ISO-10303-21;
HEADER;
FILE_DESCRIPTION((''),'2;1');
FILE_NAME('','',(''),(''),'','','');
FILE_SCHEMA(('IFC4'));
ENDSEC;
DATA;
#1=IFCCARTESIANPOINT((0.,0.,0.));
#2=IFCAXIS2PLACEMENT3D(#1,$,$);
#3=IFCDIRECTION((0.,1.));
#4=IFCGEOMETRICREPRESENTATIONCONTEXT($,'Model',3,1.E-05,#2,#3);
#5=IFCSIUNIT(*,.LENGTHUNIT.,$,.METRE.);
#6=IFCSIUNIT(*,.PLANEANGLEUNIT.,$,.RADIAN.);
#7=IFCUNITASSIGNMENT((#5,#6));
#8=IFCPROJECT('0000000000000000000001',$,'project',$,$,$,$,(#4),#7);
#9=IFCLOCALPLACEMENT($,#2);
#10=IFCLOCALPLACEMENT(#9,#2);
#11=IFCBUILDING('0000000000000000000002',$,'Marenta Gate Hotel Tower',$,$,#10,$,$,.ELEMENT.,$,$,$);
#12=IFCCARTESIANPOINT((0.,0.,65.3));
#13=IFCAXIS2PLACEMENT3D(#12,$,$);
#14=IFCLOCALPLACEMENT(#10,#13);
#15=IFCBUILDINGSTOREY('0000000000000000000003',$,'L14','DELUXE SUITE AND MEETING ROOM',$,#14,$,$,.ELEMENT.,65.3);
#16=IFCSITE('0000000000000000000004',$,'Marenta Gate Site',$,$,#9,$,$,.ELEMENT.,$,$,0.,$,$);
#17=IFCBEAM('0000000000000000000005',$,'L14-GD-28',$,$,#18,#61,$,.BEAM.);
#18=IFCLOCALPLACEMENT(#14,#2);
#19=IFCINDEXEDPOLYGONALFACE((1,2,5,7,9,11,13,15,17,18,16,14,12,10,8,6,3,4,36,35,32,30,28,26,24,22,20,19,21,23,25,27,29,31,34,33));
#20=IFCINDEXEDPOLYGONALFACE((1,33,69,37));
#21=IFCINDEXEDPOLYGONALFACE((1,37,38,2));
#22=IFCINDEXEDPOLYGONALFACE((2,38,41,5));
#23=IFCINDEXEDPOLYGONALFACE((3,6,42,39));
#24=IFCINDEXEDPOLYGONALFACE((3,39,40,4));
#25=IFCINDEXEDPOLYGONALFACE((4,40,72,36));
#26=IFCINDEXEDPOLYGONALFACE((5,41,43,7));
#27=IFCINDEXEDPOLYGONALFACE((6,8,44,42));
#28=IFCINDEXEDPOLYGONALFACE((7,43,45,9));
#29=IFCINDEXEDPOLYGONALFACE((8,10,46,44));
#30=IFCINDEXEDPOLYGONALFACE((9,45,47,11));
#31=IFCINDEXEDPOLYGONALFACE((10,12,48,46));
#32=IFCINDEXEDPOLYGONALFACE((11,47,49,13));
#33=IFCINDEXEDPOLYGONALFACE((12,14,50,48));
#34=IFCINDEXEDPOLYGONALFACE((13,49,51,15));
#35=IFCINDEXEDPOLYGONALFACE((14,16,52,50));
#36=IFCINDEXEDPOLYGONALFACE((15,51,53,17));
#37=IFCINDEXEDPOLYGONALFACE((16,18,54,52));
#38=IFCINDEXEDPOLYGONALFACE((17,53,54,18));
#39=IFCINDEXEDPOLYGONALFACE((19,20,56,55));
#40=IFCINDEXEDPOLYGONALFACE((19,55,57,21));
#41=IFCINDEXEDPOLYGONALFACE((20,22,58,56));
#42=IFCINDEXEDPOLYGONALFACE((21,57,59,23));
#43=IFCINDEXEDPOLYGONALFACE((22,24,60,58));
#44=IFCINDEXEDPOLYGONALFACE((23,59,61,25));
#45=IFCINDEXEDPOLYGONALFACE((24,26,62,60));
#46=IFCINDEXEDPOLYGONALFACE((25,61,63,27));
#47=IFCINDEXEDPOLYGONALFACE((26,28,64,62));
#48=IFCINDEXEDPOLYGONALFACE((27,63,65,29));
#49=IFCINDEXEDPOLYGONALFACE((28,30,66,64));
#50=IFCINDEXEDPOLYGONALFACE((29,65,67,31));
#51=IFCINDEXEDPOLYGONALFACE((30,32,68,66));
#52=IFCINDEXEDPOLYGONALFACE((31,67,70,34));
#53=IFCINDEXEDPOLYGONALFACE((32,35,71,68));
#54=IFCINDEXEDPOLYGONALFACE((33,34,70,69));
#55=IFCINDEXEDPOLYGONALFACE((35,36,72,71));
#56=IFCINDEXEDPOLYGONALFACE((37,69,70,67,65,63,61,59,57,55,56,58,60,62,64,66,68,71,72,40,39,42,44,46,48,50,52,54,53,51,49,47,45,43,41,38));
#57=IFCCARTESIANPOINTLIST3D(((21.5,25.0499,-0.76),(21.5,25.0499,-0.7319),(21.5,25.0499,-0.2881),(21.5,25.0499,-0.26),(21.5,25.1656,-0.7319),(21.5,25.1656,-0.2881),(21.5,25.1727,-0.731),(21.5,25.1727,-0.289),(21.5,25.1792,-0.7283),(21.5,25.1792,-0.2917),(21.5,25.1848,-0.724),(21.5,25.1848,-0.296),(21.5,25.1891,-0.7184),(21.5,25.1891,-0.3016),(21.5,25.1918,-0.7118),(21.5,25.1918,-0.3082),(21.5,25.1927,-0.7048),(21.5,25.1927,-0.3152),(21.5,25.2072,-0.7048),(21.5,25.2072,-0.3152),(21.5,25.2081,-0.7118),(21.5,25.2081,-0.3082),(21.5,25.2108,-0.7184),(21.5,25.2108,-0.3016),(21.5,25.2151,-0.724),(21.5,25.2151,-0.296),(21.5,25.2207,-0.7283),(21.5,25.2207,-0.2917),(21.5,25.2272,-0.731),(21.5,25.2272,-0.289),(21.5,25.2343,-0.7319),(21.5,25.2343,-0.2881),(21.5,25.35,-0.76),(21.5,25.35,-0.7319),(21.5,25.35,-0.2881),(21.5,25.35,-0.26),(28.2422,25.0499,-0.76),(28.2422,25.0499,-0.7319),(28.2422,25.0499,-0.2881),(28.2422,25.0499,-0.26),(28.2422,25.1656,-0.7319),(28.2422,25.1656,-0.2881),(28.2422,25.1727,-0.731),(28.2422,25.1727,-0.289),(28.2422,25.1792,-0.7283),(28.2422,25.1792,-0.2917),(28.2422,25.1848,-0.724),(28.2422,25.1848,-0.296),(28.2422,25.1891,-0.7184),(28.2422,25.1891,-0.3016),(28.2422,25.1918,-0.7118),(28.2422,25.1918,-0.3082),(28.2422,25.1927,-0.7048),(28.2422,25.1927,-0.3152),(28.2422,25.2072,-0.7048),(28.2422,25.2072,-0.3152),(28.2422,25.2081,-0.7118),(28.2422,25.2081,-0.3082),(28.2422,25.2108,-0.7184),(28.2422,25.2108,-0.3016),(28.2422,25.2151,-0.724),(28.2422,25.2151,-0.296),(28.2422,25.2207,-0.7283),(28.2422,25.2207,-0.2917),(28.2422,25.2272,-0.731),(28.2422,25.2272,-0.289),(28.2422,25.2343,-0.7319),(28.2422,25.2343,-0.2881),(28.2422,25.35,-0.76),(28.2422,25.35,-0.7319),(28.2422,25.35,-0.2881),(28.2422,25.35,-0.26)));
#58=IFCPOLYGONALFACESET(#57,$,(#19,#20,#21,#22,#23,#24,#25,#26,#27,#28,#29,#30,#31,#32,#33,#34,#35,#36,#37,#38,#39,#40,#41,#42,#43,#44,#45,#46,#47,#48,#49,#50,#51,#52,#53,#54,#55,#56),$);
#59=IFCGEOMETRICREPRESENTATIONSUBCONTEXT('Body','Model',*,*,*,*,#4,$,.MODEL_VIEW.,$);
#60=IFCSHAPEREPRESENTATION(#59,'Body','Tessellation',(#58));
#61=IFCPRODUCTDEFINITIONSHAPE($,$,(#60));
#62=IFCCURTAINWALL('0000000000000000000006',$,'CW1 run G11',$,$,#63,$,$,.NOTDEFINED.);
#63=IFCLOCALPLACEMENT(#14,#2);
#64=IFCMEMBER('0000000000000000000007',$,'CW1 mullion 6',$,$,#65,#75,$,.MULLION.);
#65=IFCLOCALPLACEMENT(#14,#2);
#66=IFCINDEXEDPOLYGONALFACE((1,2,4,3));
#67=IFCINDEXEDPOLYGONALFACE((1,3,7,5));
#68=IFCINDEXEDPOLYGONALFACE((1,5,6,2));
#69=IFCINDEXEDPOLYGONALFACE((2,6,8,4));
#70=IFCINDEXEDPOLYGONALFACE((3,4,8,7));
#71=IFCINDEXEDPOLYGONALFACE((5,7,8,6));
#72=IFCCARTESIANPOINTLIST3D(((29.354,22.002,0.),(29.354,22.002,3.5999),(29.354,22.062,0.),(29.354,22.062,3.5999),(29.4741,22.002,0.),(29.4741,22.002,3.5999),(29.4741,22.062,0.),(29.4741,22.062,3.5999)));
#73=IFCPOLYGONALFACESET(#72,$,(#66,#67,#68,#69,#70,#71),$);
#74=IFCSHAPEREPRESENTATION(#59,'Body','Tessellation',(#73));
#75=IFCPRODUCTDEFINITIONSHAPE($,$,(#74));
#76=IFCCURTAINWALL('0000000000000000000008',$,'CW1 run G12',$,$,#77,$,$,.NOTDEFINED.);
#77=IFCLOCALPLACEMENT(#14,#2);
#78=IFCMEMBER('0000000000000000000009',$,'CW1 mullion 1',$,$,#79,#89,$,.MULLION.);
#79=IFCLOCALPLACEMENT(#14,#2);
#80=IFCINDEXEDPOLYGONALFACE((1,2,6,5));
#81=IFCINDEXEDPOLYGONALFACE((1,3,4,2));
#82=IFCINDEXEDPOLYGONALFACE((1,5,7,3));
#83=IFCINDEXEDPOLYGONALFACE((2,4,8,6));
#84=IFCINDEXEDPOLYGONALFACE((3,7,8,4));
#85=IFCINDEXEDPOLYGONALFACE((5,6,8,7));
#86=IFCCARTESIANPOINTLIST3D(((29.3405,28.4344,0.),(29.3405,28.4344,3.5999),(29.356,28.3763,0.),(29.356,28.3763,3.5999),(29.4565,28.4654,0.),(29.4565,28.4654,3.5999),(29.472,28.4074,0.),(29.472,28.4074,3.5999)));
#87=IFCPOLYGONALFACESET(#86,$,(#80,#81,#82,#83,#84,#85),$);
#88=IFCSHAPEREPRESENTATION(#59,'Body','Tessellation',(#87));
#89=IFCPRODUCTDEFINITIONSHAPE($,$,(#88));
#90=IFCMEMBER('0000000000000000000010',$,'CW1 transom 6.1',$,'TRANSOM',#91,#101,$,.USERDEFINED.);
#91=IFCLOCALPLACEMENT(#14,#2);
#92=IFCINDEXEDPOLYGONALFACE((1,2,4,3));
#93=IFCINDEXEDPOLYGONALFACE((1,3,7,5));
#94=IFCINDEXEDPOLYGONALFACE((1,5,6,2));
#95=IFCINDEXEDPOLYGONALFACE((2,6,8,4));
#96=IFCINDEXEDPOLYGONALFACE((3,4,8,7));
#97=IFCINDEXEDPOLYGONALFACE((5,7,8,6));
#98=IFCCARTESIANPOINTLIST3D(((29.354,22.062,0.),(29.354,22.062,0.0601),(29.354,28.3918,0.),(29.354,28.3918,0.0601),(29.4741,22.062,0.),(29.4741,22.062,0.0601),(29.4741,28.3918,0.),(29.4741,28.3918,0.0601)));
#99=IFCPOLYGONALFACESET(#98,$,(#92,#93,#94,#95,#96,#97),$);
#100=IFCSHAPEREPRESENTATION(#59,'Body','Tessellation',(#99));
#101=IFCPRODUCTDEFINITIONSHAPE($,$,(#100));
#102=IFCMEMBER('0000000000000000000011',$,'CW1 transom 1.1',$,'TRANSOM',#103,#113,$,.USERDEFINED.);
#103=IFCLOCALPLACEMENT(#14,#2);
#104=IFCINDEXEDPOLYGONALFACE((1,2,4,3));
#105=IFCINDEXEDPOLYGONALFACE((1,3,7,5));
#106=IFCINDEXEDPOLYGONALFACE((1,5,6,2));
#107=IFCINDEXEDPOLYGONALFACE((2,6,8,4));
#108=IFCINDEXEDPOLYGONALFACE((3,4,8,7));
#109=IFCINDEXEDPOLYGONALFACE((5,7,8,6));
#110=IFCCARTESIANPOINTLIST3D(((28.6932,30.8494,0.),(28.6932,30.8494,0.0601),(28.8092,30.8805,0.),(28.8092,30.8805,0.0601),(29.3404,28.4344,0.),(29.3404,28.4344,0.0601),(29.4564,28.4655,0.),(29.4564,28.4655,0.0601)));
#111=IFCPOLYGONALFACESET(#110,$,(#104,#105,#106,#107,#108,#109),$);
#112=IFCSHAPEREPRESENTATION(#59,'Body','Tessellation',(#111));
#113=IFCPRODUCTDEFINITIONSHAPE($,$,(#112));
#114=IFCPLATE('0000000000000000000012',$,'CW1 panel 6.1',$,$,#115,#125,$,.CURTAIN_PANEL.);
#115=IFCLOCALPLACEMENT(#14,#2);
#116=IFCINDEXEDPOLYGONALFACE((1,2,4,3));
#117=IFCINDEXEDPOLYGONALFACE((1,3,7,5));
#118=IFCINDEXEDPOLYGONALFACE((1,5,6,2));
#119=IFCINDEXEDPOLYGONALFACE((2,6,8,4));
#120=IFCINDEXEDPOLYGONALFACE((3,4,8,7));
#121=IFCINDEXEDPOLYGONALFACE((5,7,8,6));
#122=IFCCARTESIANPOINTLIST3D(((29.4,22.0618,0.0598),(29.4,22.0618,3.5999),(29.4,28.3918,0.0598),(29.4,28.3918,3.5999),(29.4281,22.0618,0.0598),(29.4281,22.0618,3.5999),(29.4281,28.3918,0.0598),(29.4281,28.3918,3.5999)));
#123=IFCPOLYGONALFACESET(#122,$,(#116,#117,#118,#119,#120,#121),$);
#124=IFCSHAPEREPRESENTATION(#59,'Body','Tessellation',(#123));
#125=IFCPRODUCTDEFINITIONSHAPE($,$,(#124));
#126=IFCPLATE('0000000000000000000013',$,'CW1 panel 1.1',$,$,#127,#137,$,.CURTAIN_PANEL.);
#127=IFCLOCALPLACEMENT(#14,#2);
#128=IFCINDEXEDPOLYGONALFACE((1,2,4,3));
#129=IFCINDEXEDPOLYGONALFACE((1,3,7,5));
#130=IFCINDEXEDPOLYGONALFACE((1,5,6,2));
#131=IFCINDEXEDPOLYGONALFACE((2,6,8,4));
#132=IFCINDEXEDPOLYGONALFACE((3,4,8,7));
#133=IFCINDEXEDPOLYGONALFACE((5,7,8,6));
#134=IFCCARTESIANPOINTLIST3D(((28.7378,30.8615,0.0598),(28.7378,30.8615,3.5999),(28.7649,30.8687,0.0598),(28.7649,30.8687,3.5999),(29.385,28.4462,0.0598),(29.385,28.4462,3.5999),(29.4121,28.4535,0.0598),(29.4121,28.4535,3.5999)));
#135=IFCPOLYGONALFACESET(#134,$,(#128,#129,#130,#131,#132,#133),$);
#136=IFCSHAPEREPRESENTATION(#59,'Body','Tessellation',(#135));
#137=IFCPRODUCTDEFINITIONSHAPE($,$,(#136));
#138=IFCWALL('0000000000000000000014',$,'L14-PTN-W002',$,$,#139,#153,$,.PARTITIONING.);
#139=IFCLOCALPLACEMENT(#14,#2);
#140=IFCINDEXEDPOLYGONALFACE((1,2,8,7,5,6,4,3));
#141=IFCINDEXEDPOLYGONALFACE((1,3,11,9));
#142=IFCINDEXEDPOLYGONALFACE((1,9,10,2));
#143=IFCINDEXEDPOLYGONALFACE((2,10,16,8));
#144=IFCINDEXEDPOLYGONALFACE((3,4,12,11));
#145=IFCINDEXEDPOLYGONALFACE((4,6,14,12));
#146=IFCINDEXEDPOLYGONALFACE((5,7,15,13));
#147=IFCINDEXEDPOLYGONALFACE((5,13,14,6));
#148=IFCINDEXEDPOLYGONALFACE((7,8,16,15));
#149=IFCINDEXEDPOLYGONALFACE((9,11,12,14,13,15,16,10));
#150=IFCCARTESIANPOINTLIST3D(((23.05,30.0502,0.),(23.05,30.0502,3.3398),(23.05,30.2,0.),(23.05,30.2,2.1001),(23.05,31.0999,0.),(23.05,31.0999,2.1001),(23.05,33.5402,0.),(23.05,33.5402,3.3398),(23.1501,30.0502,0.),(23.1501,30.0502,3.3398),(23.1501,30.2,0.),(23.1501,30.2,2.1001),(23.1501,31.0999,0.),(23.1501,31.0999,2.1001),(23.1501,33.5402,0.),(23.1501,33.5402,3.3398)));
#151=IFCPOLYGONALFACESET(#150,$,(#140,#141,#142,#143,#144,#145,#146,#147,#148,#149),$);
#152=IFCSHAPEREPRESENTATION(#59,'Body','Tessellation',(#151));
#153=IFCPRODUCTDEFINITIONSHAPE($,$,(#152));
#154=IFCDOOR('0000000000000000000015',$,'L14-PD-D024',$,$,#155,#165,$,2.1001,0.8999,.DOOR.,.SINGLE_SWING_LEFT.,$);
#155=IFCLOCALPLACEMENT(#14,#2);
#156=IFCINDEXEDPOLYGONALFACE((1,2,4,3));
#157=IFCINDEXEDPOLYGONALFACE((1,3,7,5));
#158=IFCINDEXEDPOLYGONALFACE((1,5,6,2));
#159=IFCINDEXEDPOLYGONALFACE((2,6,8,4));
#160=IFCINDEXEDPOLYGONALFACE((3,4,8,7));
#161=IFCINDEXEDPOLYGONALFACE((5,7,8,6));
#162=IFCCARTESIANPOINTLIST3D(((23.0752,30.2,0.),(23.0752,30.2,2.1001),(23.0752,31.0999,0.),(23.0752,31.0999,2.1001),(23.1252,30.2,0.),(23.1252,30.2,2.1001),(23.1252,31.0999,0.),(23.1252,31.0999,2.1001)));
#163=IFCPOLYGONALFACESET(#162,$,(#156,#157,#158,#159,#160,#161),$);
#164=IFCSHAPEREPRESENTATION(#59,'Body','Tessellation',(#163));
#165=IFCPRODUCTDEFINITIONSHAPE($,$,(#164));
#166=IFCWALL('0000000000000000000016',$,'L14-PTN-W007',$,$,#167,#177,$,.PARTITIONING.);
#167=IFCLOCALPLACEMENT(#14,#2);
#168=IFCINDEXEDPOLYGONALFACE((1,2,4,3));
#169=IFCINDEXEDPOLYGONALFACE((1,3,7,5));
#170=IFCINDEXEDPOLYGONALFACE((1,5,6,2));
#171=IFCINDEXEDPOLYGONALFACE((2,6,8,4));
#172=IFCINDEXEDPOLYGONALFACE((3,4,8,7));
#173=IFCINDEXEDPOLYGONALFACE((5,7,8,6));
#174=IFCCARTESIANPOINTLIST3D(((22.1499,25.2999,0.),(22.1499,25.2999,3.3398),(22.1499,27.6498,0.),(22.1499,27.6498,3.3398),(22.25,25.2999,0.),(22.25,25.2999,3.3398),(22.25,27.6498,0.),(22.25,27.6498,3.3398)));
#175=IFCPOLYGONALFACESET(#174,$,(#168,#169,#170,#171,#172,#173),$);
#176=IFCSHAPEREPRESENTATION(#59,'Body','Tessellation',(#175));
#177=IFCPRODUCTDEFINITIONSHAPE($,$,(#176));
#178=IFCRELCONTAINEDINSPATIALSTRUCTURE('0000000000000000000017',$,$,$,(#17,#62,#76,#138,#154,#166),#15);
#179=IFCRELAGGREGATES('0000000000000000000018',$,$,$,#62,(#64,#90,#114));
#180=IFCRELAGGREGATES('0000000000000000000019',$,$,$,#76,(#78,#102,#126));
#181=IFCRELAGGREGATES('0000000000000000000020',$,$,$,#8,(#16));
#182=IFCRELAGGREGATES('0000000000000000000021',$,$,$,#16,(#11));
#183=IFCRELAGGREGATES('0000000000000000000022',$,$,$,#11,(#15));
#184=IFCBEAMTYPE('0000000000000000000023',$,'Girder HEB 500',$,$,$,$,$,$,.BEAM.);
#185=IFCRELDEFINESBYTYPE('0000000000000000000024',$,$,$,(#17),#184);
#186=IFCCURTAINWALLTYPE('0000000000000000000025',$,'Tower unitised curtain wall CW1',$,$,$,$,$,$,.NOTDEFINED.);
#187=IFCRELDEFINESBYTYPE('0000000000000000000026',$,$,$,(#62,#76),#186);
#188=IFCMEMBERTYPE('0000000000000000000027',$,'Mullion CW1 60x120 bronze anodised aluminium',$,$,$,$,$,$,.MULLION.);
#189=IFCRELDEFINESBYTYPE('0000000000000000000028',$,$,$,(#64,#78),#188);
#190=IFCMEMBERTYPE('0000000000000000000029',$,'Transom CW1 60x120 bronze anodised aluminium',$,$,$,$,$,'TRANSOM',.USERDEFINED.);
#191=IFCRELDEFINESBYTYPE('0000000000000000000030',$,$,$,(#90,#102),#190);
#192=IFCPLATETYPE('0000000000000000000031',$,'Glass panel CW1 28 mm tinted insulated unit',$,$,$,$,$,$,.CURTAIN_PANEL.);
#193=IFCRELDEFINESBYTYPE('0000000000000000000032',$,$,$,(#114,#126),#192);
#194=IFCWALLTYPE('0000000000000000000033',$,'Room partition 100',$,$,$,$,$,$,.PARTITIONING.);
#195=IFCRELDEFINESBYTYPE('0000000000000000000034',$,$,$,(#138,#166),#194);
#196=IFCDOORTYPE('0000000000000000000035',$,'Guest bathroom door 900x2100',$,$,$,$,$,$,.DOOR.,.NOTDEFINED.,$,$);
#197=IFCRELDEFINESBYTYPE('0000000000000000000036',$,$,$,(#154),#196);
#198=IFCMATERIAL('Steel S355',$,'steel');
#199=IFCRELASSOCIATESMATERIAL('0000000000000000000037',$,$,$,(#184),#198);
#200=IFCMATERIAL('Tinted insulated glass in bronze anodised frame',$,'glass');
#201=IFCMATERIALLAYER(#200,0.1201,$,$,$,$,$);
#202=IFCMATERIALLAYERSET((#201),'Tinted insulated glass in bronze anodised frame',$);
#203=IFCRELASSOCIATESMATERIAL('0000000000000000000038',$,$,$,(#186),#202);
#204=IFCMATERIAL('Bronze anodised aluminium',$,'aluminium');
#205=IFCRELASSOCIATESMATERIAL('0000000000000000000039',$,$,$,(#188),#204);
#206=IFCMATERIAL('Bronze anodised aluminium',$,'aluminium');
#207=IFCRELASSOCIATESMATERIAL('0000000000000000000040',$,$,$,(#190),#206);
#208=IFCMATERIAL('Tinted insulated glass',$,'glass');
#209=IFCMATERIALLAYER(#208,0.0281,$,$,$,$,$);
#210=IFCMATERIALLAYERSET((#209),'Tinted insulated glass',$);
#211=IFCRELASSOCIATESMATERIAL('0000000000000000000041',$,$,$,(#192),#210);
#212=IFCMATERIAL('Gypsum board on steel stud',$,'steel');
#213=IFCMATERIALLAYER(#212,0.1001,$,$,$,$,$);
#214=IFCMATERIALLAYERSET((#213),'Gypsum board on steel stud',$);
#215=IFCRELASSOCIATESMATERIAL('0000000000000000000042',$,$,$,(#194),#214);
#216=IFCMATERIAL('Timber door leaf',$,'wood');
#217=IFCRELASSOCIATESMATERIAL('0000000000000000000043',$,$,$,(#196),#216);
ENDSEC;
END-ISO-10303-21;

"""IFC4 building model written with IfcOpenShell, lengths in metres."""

from ifc_helpers import new_model, si_unit, direction, frame, frame_2d, origin, origin_2d, place, context, subcontext, project, spatial, rectangle, i_section, extrude, material, layer, layer_set, material_profile, profile_set, type_object, element, fill, aggregate, save


model = new_model("IFC4")

# Units and contexts
model_context = context("Model", 3, precision=1e-05, world=origin(), true_north=direction((0.0, 1.0)))
body_context = subcontext(model_context, "Body", "Model", "MODEL_VIEW")
ifc_project = project(units=[si_unit("LENGTHUNIT", "METRE"), si_unit("PLANEANGLEUNIT", "RADIAN")], contexts=[model_context])

# Site, building, storey
site_placement = place(None, origin())
site = spatial("IfcSite", under=ifc_project, at=site_placement, Name="Marenta Gate Site", CompositionType="ELEMENT", RefElevation=0.0)
building_placement = place(site_placement, origin())
building = spatial("IfcBuilding", under=site, at=building_placement, Name="Marenta Gate Hotel Tower", CompositionType="ELEMENT")
storey_placement = place(building_placement, frame((0.0, 0.0, 65.3)))
storey = spatial("IfcBuildingStorey", under=building, at=storey_placement, Name="L14", Description="DELUXE SUITE AND MEETING ROOM", CompositionType="ELEMENT", Elevation=65.3)

# Beam
ifc_material_1 = material(Name="Steel S355", Category="steel")
ifc_material_profile_1 = material_profile(ifc_material_1, i_section(OverallWidth=0.3, OverallDepth=0.5, WebThickness=0.0144, FlangeThickness=0.0281, FilletRadius=0.0271, at=origin_2d()), Name="HEB 500")
ifc_profile_set_1 = profile_set([ifc_material_profile_1], Name="Steel S355")
beam_type_1 = type_object("IfcBeamType", Name="Girder HEB 500", PredefinedType="BEAM", material=ifc_profile_set_1)
beam_1_placement = place(storey_placement, frame((21.5, 25.2, -0.51), z_axis=(1.0, 0.0, 0.0), x_axis=(0.0, 1.0, 0.0)))
element("IfcBeam", 1, at=beam_1_placement, inside=storey, type_object=beam_type_1, Name="L14-GD-28", PredefinedType="BEAM", context=body_context, shape_type="SweptSolid", body=[
    extrude(i_section(OverallWidth=0.3, OverallDepth=0.5, WebThickness=0.0144, FlangeThickness=0.0281, FilletRadius=0.0271, at=origin_2d()), origin(), (0.0, 0.0, 1.0), 6.7422),
])

# Curtain walls, members
ifc_material_2 = material(Name="Tinted insulated glass in bronze anodised frame", Category="glass")
ifc_layer_1 = layer(ifc_material_2, 0.1201)
ifc_layer_set_1 = layer_set([ifc_layer_1], Name="Tinted insulated glass in bronze anodised frame")
curtain_wall_type = type_object("IfcCurtainWallType", Name="Tower unitised curtain wall CW1", PredefinedType="NOTDEFINED", material=ifc_layer_set_1)
curtain_wall_1_placement = place(storey_placement, origin())
curtain_wall_1 = element("IfcCurtainWall", 2, at=curtain_wall_1_placement, inside=storey, type_object=curtain_wall_type, Name="CW1 run G11", PredefinedType="NOTDEFINED")
ifc_material_3 = material(Name="Bronze anodised aluminium", Category="aluminium")
ifc_material_profile_2 = material_profile(ifc_material_3, rectangle(XDim=0.1201, YDim=0.0601, at=origin_2d()), Name="Mullion CW1 60x120 bronze anodised aluminium")
ifc_profile_set_2 = profile_set([ifc_material_profile_2], Name="Bronze anodised aluminium")
member_type_1 = type_object("IfcMemberType", Name="Mullion CW1 60x120 bronze anodised aluminium", PredefinedType="MULLION", material=ifc_profile_set_2)
member_1_placement = place(storey_placement, frame((29.4141, 22.032, 0.0), z_axis=(0.0, 0.0, 1.0), x_axis=(-1.0, 0.0, 0.0)))
member_1 = element("IfcMember", 3, at=member_1_placement, type_object=member_type_1, Name="CW1 mullion 6", PredefinedType="MULLION", context=body_context, shape_type="SweptSolid", body=[
    extrude(rectangle(XDim=0.1201, YDim=0.0601, at=origin_2d()), origin(), (0.0, 0.0, 1.0), 3.5999),
])
curtain_wall_2_placement = place(storey_placement, origin())
curtain_wall_2 = element("IfcCurtainWall", 4, at=curtain_wall_2_placement, inside=storey, type_object=curtain_wall_type, Name="CW1 run G12", PredefinedType="NOTDEFINED")
member_2_placement = place(storey_placement, frame((29.4062, 28.4209, 0.0), z_axis=(0.0, 0.0, 1.0), x_axis=(-0.965925, -0.258822, 0.0)))
member_2 = element("IfcMember", 5, at=member_2_placement, type_object=member_type_1, Name="CW1 mullion 1", PredefinedType="MULLION", context=body_context, shape_type="SweptSolid", body=[
    extrude(rectangle(XDim=0.1201, YDim=0.0601, at=origin_2d()), origin(), (0.0, 0.0, 1.0), 3.5999),
])

# Members
ifc_material_4 = material(Name="Bronze anodised aluminium", Category="aluminium")
ifc_material_profile_3 = material_profile(ifc_material_4, rectangle(XDim=0.1201, YDim=0.0601, at=origin_2d()), Name="Transom CW1 60x120 bronze anodised aluminium")
ifc_profile_set_3 = profile_set([ifc_material_profile_3], Name="Bronze anodised aluminium")
member_type_2 = type_object("IfcMemberType", Name="Transom CW1 60x120 bronze anodised aluminium", ElementType="TRANSOM", PredefinedType="USERDEFINED", material=ifc_profile_set_3)
member_3_placement = place(storey_placement, frame((29.4141, 22.062, 0.03), z_axis=(0.0, 1.0, 0.0), x_axis=(-1.0, 0.0, 0.0)))
member_3 = element("IfcMember", 6, at=member_3_placement, type_object=member_type_2, Name="CW1 transom 6.1", ObjectType="TRANSOM", PredefinedType="USERDEFINED", context=body_context, shape_type="SweptSolid", body=[
    extrude(rectangle(XDim=0.1201, YDim=0.0601, at=origin_2d()), origin(), (0.0, 0.0, 1.0), 6.3298),
])
member_4_placement = place(storey_placement, frame((29.3984, 28.45, 0.03), z_axis=(-0.25886, 0.965915, 0.0), x_axis=(-0.965915, -0.25886, 0.0)))
member_4 = element("IfcMember", 7, at=member_4_placement, type_object=member_type_2, Name="CW1 transom 1.1", ObjectType="TRANSOM", PredefinedType="USERDEFINED", context=body_context, shape_type="SweptSolid", body=[
    extrude(rectangle(XDim=0.1201, YDim=0.0601, at=origin_2d()), origin(), (0.0, 0.0, 1.0), 2.5002),
])

# Plates
ifc_material_5 = material(Name="Tinted insulated glass", Category="glass")
ifc_layer_2 = layer(ifc_material_5, 0.0281)
ifc_layer_set_2 = layer_set([ifc_layer_2], Name="Tinted insulated glass")
plate_type = type_object("IfcPlateType", Name="Glass panel CW1 28 mm tinted insulated unit", PredefinedType="CURTAIN_PANEL", material=ifc_layer_set_2)
plate_1_placement = place(storey_placement, frame((29.4141, 25.2268, 0.0598), z_axis=(0.0, 0.0, 1.0), x_axis=(0.0, 1.0, 0.0)))
plate_1 = element("IfcPlate", 8, at=plate_1_placement, type_object=plate_type, Name="CW1 panel 6.1", PredefinedType="CURTAIN_PANEL", context=body_context, shape_type="SweptSolid", body=[
    extrude(rectangle(XDim=6.3301, YDim=0.0281, at=origin_2d()), origin(), (0.0, 0.0, 1.0), 3.54),
])
aggregate(curtain_wall_1, [member_1, member_3, plate_1])
plate_2_placement = place(storey_placement, frame((29.075, 29.6575, 0.0598), z_axis=(0.0, 0.0, 1.0), x_axis=(-0.258822, 0.965925, 0.0)))
plate_2 = element("IfcPlate", 9, at=plate_2_placement, type_object=plate_type, Name="CW1 panel 1.1", PredefinedType="CURTAIN_PANEL", context=body_context, shape_type="SweptSolid", body=[
    extrude(rectangle(XDim=2.5005, YDim=0.0281, at=origin_2d()), origin(), (0.0, 0.0, 1.0), 3.54),
])
aggregate(curtain_wall_2, [member_2, member_4, plate_2])

# Wall, opening, door
ifc_material_6 = material(Name="Gypsum board on steel stud", Category="steel")
ifc_layer_3 = layer(ifc_material_6, 0.1001)
ifc_layer_set_3 = layer_set([ifc_layer_3], Name="Gypsum board on steel stud")
wall_type = type_object("IfcWallType", Name="Room partition 100", PredefinedType="PARTITIONING", material=ifc_layer_set_3)
wall_1_placement = place(storey_placement, frame((23.1001, 30.05, 0.0), z_axis=(0.0, 0.0, 1.0), x_axis=(0.0, 1.0, 0.0)))
wall_1 = element("IfcWall", 10, at=wall_1_placement, inside=storey, type_object=wall_type, Name="L14-PTN-W002", PredefinedType="PARTITIONING", context=body_context, shape_type="SweptSolid", body=[
    extrude(rectangle(XDim=3.49, YDim=0.1001, at=frame_2d((1.7451, 0.0))), origin(), (0.0, 0.0, 1.0), 3.3398),
])
opening_1_placement = place(wall_1_placement, frame((0.1499, 0.0, 0.0)))
opening_1 = element("IfcOpeningElement", 11, at=opening_1_placement, cuts=wall_1, PredefinedType="OPENING", context=body_context, shape_type="SweptSolid", body=[
    extrude(rectangle(XDim=0.8999, YDim=2.1001, at=frame_2d((0.45, 1.05))), frame((0.0, 0.05, 0.0), z_axis=(0.0, -1.0, 0.0), x_axis=(1.0, 0.0, 0.0)), (0.0, 0.0, 1.0), 0.1001),
])
ifc_material_7 = material(Name="Timber door leaf", Category="wood")
door_type = type_object("IfcDoorType", Name="Guest bathroom door 900x2100", OperationType="NOTDEFINED", PredefinedType="DOOR", material=ifc_material_7)
door_1_placement = place(opening_1_placement, origin())
door_1 = element("IfcDoor", 12, at=door_1_placement, inside=storey, type_object=door_type, Name="L14-PD-D024", OperationType="SINGLE_SWING_LEFT", OverallHeight=2.1001, OverallWidth=0.8999, PredefinedType="DOOR", context=body_context, shape_type="SweptSolid", body=[
    extrude(rectangle(XDim=0.8999, YDim=2.1001, at=frame_2d((0.45, 1.05))), frame((0.0, 0.0249, 0.0), z_axis=(0.0, -1.0, 0.0), x_axis=(1.0, 0.0, 0.0)), (0.0, 0.0, 1.0), 0.05),
])
fill(opening_1, door_1)

# Wall
wall_2_placement = place(storey_placement, frame((22.2, 25.3, 0.0), z_axis=(0.0, 0.0, 1.0), x_axis=(0.0, 1.0, 0.0)))
element("IfcWall", 13, at=wall_2_placement, inside=storey, type_object=wall_type, Name="L14-PTN-W007", PredefinedType="PARTITIONING", context=body_context, shape_type="SweptSolid", body=[
    extrude(rectangle(XDim=2.3499, YDim=0.1001, at=frame_2d((1.1748, 0.0))), origin(), (0.0, 0.0, 1.0), 3.3398),
])

save(model, "model.ifc")
